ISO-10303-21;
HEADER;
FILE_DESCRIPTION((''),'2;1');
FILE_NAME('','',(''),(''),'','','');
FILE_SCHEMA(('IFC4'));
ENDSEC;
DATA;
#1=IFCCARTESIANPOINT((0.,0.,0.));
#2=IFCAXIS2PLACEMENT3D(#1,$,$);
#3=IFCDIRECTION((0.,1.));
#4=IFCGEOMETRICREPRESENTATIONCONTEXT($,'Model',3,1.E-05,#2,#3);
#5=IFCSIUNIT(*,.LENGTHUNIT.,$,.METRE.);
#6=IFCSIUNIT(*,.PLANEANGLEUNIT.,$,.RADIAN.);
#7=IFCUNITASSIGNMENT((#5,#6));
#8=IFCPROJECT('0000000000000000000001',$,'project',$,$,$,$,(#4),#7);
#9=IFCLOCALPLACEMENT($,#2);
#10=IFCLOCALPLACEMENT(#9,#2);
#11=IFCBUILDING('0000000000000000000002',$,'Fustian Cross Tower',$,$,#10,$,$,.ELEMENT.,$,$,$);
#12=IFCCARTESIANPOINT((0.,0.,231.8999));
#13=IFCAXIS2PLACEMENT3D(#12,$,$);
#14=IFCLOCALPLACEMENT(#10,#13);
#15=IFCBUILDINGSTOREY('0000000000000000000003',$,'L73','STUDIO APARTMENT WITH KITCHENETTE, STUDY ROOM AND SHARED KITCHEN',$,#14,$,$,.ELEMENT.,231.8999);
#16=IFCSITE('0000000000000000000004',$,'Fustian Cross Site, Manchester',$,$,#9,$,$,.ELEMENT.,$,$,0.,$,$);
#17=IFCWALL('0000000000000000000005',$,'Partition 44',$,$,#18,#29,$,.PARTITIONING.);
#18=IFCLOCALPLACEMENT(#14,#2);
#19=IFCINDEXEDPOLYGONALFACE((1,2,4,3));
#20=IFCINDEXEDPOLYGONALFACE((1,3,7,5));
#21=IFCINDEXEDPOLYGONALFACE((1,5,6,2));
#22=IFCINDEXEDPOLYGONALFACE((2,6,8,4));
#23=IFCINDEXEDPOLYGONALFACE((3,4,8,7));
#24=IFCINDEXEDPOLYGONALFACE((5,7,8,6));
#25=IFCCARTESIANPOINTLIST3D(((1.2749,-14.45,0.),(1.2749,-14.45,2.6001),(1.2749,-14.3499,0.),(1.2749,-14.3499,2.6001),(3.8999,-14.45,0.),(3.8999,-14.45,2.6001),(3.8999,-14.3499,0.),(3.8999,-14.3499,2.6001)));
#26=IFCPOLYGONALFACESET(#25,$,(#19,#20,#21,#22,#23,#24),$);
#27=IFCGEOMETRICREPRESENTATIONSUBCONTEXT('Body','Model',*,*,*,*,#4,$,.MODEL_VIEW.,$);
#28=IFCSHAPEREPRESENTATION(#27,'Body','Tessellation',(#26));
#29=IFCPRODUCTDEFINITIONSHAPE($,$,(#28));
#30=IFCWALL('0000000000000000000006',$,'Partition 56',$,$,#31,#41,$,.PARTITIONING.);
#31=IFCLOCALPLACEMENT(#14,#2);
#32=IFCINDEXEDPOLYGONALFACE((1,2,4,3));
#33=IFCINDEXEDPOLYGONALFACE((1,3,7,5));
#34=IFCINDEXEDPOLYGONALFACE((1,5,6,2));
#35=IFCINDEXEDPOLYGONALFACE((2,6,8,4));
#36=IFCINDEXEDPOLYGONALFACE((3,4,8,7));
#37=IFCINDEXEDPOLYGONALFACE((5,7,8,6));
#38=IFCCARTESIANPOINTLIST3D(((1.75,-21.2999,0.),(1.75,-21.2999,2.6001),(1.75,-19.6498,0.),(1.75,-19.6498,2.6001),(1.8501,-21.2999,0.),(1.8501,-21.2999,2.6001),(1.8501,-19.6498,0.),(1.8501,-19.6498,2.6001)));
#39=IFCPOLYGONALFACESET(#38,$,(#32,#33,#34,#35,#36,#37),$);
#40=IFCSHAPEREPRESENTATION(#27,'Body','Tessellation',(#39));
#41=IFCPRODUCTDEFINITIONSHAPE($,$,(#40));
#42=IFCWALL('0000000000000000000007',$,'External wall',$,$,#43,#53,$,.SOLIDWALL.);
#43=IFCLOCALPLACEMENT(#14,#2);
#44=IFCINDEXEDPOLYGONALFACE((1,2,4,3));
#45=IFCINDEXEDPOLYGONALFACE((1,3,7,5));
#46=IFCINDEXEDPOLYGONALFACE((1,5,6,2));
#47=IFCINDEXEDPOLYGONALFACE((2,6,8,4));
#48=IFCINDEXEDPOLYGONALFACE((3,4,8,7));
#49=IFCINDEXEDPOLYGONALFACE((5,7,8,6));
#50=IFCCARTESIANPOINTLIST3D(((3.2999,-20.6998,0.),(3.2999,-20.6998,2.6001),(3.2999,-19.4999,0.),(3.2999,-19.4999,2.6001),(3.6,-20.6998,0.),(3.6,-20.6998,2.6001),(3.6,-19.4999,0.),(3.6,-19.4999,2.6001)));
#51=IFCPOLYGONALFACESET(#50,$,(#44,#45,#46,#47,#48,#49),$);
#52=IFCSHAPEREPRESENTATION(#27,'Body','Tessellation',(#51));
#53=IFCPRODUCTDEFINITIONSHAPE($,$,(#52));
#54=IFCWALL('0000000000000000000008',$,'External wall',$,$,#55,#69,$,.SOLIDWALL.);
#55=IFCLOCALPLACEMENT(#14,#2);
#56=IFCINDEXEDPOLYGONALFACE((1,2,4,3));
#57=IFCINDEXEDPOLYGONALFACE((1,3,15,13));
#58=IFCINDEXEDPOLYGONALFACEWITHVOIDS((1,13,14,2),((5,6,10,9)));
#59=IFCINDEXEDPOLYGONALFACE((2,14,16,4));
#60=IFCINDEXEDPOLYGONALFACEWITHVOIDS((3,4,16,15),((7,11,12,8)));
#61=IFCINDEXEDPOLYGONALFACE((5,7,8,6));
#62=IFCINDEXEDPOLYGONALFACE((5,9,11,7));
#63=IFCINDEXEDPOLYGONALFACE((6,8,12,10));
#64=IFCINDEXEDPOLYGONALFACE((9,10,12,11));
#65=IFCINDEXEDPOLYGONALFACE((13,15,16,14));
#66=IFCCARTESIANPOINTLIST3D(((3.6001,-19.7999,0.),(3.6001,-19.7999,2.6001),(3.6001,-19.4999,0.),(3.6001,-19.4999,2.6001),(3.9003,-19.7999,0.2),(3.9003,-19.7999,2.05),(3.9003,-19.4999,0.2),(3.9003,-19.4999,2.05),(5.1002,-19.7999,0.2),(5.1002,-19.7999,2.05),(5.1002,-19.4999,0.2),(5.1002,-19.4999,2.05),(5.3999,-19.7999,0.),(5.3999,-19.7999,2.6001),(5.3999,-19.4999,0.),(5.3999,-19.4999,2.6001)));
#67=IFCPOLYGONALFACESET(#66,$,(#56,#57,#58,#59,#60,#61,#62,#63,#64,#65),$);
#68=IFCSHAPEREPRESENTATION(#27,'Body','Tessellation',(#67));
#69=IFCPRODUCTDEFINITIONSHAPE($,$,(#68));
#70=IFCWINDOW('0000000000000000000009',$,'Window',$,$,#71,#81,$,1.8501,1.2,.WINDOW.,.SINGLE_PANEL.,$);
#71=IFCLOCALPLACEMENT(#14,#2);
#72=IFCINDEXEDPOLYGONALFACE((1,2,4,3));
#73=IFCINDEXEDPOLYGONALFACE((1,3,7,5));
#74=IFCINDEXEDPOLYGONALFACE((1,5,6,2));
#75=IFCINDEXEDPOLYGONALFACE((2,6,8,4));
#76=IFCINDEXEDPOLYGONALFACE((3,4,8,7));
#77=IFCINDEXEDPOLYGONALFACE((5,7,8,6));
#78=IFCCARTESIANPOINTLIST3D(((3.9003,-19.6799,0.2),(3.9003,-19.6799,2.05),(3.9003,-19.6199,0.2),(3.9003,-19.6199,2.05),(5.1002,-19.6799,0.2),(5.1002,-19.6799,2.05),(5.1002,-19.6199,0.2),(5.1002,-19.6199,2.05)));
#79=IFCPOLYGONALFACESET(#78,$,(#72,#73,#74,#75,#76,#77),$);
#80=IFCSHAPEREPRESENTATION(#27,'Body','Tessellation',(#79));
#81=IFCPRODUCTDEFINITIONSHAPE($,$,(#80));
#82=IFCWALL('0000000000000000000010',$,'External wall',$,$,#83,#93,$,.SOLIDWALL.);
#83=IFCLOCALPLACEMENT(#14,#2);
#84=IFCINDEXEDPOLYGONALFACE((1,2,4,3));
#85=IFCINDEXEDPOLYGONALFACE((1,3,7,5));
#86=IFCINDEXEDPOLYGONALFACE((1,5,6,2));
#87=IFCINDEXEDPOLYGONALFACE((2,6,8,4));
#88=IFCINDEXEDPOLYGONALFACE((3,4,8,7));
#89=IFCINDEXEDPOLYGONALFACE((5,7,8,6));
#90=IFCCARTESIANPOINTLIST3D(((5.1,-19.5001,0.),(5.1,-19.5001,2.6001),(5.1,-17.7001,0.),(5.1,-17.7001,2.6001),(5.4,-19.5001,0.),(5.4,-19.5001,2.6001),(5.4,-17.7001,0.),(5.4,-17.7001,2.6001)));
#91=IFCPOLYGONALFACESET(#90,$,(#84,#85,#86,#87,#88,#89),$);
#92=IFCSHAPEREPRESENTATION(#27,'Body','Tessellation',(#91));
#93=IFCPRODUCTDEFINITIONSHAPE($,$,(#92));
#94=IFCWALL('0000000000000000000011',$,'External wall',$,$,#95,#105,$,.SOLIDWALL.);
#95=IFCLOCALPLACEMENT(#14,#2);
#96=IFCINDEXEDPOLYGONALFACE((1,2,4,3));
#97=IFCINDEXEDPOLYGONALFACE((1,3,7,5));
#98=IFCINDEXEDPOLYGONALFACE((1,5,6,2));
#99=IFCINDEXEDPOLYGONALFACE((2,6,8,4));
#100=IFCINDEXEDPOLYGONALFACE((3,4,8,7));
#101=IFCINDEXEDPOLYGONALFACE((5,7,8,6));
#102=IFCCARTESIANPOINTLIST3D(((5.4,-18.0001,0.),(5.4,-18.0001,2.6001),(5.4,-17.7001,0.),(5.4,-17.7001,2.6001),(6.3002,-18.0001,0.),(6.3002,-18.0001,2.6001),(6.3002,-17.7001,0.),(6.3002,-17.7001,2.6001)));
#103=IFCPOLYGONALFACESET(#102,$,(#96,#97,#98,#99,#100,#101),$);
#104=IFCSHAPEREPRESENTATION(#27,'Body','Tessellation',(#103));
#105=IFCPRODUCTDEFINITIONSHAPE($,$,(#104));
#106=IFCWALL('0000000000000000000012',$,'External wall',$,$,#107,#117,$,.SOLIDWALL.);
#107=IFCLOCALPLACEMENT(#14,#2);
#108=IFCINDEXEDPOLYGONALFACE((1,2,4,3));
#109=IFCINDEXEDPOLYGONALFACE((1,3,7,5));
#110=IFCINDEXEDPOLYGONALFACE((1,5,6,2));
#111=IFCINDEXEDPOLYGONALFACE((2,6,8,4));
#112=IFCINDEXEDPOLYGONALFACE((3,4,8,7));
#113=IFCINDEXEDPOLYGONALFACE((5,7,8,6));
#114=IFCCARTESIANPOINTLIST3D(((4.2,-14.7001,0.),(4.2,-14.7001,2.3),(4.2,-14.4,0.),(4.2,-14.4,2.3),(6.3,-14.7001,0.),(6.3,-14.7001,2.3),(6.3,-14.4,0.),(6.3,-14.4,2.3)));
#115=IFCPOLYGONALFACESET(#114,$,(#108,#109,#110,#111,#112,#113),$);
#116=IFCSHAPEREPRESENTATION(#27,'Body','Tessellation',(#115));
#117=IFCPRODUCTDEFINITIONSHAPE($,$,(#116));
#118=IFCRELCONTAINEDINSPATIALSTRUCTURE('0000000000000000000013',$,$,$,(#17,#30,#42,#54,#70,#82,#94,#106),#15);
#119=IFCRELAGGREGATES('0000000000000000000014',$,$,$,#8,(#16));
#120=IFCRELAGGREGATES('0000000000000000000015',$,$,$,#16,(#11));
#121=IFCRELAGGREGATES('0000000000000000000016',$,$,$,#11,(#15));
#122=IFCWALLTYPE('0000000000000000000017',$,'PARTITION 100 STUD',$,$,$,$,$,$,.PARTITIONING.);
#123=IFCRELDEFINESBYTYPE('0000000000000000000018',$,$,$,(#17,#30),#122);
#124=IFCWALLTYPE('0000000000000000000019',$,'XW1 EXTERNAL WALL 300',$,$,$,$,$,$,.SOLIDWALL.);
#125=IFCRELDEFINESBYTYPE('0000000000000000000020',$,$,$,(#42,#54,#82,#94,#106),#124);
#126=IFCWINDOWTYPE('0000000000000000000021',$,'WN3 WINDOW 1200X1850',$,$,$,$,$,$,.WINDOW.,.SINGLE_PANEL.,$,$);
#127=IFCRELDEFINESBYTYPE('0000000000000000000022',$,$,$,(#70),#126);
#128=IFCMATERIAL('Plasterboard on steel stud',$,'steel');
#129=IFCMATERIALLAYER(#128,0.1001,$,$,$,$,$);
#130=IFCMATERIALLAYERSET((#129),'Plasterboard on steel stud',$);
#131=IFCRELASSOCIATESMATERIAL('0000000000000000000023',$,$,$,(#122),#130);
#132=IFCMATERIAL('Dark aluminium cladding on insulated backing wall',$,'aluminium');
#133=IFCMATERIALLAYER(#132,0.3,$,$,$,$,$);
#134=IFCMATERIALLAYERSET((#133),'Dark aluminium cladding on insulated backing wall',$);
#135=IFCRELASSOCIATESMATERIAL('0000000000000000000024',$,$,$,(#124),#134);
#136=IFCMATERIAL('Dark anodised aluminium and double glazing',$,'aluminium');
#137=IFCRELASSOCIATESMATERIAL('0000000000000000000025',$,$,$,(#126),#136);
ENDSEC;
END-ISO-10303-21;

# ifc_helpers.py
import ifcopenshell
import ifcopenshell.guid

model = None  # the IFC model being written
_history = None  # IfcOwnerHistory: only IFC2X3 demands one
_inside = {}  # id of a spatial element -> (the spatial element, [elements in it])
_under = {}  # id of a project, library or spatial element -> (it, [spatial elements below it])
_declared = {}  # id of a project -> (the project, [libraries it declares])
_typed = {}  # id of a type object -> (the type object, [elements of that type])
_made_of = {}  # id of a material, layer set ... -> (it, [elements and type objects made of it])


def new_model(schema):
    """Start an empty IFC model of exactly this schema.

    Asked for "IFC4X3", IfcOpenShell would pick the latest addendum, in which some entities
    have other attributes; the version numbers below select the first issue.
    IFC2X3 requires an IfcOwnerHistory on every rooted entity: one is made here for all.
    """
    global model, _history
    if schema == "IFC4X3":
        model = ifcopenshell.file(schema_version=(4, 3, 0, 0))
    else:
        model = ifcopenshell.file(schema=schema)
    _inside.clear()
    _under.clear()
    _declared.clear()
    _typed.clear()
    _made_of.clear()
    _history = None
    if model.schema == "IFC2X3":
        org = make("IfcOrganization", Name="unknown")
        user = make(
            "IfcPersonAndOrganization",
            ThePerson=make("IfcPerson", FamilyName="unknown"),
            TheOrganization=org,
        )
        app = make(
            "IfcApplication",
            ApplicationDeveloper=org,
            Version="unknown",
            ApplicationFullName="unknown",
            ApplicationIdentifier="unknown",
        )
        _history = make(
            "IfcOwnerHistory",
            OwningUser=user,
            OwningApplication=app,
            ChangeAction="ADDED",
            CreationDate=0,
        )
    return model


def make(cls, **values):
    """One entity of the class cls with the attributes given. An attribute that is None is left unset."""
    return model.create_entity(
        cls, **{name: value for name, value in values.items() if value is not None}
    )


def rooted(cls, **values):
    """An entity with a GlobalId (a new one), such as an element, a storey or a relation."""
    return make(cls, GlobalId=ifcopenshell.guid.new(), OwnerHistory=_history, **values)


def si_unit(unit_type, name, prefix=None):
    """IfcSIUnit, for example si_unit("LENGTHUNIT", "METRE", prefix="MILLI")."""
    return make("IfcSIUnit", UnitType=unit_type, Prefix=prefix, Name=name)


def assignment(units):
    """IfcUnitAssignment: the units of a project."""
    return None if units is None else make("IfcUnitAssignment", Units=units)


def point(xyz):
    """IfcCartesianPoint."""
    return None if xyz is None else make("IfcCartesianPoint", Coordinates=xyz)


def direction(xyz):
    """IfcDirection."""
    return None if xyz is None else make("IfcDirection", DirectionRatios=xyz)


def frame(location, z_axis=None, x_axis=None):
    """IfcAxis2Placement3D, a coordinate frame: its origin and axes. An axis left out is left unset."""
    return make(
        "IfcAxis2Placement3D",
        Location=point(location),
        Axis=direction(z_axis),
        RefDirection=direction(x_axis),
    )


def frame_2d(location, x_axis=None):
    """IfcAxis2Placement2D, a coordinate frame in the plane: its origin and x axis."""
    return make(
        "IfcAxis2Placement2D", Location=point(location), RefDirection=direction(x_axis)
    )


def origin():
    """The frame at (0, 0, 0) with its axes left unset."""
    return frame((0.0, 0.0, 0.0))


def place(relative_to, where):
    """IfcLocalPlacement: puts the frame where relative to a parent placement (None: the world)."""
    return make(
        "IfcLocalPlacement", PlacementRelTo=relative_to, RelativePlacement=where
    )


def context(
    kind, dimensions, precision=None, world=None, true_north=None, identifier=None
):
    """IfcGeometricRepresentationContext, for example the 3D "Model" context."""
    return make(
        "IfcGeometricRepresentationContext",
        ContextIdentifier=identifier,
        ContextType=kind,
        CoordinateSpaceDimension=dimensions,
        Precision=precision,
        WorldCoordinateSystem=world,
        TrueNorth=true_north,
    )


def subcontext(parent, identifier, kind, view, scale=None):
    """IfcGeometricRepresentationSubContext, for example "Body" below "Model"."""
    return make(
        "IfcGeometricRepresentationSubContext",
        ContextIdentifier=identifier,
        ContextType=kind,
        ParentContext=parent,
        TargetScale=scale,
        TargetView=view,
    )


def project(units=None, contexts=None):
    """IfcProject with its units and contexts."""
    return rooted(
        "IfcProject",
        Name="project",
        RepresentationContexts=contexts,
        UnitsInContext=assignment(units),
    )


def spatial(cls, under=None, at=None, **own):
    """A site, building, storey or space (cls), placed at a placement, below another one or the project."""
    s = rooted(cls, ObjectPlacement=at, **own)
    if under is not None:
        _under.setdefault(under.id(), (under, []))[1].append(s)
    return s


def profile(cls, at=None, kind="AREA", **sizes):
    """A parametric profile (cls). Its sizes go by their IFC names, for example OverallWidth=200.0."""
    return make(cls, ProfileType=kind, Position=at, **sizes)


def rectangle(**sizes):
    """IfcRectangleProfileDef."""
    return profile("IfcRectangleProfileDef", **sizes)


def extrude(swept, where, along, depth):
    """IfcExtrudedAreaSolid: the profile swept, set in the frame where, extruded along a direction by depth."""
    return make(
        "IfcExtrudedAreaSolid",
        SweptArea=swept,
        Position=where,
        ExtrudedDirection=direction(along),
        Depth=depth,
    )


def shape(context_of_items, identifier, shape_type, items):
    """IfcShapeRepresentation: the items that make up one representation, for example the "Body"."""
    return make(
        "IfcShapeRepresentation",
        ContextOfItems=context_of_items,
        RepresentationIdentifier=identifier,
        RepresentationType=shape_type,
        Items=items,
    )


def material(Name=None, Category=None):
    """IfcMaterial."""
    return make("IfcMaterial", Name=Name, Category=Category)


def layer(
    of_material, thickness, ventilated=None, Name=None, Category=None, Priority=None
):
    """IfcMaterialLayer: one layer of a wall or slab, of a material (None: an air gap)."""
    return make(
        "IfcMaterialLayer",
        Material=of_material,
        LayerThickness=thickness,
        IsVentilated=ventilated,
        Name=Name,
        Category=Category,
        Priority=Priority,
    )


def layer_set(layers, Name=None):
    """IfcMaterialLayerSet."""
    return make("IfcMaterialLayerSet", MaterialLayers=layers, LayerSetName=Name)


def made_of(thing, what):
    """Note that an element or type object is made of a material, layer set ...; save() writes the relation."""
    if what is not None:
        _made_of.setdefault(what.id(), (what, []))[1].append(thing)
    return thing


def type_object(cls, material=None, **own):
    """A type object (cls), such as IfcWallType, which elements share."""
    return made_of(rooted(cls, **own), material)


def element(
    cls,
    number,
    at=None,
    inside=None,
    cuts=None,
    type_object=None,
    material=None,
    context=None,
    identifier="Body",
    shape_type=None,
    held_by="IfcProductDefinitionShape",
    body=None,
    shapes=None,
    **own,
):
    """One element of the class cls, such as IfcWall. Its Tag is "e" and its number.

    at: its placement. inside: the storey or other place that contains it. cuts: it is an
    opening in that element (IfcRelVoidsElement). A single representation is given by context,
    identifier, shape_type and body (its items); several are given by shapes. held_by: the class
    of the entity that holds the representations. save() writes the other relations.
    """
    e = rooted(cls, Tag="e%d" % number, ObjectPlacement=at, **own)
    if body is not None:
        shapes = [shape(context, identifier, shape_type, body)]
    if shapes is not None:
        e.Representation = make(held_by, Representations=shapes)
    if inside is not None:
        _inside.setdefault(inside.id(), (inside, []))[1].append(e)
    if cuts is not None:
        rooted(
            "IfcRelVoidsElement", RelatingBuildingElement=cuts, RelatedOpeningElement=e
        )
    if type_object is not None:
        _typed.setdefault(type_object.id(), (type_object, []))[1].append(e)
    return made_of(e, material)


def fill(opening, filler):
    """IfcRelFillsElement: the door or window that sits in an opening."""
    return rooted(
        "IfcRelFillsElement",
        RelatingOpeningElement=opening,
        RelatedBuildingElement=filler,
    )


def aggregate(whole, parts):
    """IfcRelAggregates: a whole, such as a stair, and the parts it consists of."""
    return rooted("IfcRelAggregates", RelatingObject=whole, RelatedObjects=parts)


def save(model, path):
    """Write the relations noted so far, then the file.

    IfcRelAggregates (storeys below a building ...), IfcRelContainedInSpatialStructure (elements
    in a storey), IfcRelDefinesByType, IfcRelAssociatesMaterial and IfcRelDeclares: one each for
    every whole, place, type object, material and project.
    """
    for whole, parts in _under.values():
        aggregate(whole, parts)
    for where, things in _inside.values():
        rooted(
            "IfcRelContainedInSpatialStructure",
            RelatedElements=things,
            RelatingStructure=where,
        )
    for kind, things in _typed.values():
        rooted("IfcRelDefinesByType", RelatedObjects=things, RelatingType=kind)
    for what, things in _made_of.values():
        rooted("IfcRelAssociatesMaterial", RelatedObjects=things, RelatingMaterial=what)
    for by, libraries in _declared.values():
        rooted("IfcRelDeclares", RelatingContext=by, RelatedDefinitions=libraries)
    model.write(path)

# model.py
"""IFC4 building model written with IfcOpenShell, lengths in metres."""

from ifc_helpers import new_model, si_unit, direction, frame, frame_2d, origin, place, context, subcontext, project, spatial, rectangle, extrude, material, layer, layer_set, type_object, element, fill, save


model = new_model("IFC4")

# Units and contexts
model_context = context("Model", 3, precision=1e-05, world=origin(), true_north=direction((0.0, 1.0)))
body_context = subcontext(model_context, "Body", "Model", "MODEL_VIEW")
ifc_project = project(units=[si_unit("LENGTHUNIT", "METRE"), si_unit("PLANEANGLEUNIT", "RADIAN")], contexts=[model_context])

# Site, building, storey
site_placement = place(None, origin())
site = spatial("IfcSite", under=ifc_project, at=site_placement, Name="Fustian Cross Site, Manchester", CompositionType="ELEMENT", RefElevation=0.0)
building_placement = place(site_placement, origin())
building = spatial("IfcBuilding", under=site, at=building_placement, Name="Fustian Cross Tower", CompositionType="ELEMENT")
storey_placement = place(building_placement, frame((0.0, 0.0, 231.8999)))
storey = spatial("IfcBuildingStorey", under=building, at=storey_placement, Name="L73", Description="STUDIO APARTMENT WITH KITCHENETTE, STUDY ROOM AND SHARED KITCHEN", CompositionType="ELEMENT", Elevation=231.8999)

# Walls
ifc_material_1 = material(Name="Plasterboard on steel stud", Category="steel")
ifc_layer_1 = layer(ifc_material_1, 0.1001)
ifc_layer_set_1 = layer_set([ifc_layer_1], Name="Plasterboard on steel stud")
wall_type_1 = type_object("IfcWallType", Name="PARTITION 100 STUD", PredefinedType="PARTITIONING", material=ifc_layer_set_1)
wall_1_placement = place(storey_placement, frame((1.2749, -14.3999, 0.0), z_axis=(0.0, 0.0, 1.0), x_axis=(1.0, 0.0, 0.0)))
element("IfcWall", 1, at=wall_1_placement, inside=storey, type_object=wall_type_1, Name="Partition 44", PredefinedType="PARTITIONING", context=body_context, shape_type="SweptSolid", body=[
    extrude(rectangle(XDim=2.625, YDim=0.1001, at=frame_2d((1.3125, 0.0))), origin(), (0.0, 0.0, 1.0), 2.6001),
])
wall_2_placement = place(storey_placement, frame((1.8, -21.3, 0.0), z_axis=(0.0, 0.0, 1.0), x_axis=(0.0, 1.0, 0.0)))
element("IfcWall", 2, at=wall_2_placement, inside=storey, type_object=wall_type_1, Name="Partition 56", PredefinedType="PARTITIONING", context=body_context, shape_type="SweptSolid", body=[
    extrude(rectangle(XDim=1.6501, YDim=0.1001, at=frame_2d((0.8252, 0.0))), origin(), (0.0, 0.0, 1.0), 2.6001),
])
ifc_material_2 = material(Name="Dark aluminium cladding on insulated backing wall", Category="aluminium")
ifc_layer_2 = layer(ifc_material_2, 0.3)
ifc_layer_set_2 = layer_set([ifc_layer_2], Name="Dark aluminium cladding on insulated backing wall")
wall_type_2 = type_object("IfcWallType", Name="XW1 EXTERNAL WALL 300", PredefinedType="SOLIDWALL", material=ifc_layer_set_2)
wall_3_placement = place(storey_placement, frame((3.45, -20.7, 0.0), z_axis=(0.0, 0.0, 1.0), x_axis=(0.0, 1.0, 0.0)))
element("IfcWall", 3, at=wall_3_placement, inside=storey, type_object=wall_type_2, Name="External wall", PredefinedType="SOLIDWALL", context=body_context, shape_type="SweptSolid", body=[
    extrude(rectangle(XDim=1.2, YDim=0.3, at=frame_2d((0.6001, 0.0))), origin(), (0.0, 0.0, 1.0), 2.6001),
])

# Wall, opening, window
wall_4_placement = place(storey_placement, frame((3.6001, -19.6499, 0.0), z_axis=(0.0, 0.0, 1.0), x_axis=(1.0, 0.0, 0.0)))
wall_4 = element("IfcWall", 4, at=wall_4_placement, inside=storey, type_object=wall_type_2, Name="External wall", PredefinedType="SOLIDWALL", context=body_context, shape_type="SweptSolid", body=[
    extrude(rectangle(XDim=1.7998, YDim=0.3, at=frame_2d((0.8999, 0.0))), origin(), (0.0, 0.0, 1.0), 2.6001),
])
opening_1_placement = place(wall_4_placement, frame((0.3, 0.0, 0.2)))
opening_1 = element("IfcOpeningElement", 5, at=opening_1_placement, cuts=wall_4, PredefinedType="OPENING", context=body_context, shape_type="SweptSolid", body=[
    extrude(rectangle(XDim=1.2, YDim=1.8501, at=frame_2d((0.6001, 0.925))), frame((0.0, 0.1599, 0.0), z_axis=(0.0, -1.0, 0.0), x_axis=(1.0, 0.0, 0.0)), (0.0, 0.0, 1.0), 0.3201),
])
ifc_material_3 = material(Name="Dark anodised aluminium and double glazing", Category="aluminium")
window_type_1 = type_object("IfcWindowType", Name="WN3 WINDOW 1200X1850", PartitioningType="SINGLE_PANEL", PredefinedType="WINDOW", material=ifc_material_3)
window_1_placement = place(opening_1_placement, origin())
window_1 = element("IfcWindow", 6, at=window_1_placement, inside=storey, type_object=window_type_1, Name="Window", OverallHeight=1.8501, OverallWidth=1.2, PartitioningType="SINGLE_PANEL", PredefinedType="WINDOW", context=body_context, shape_type="SweptSolid", body=[
    extrude(rectangle(XDim=1.2, YDim=1.8501, at=frame_2d((0.6001, 0.925))), frame((0.0, 0.03, 0.0), z_axis=(0.0, -1.0, 0.0), x_axis=(1.0, 0.0, 0.0)), (0.0, 0.0, 1.0), 0.0601),
])
fill(opening_1, window_1)

# Walls
wall_5_placement = place(storey_placement, frame((5.25, -19.5, 0.0), z_axis=(0.0, 0.0, 1.0), x_axis=(0.0, 1.0, 0.0)))
element("IfcWall", 7, at=wall_5_placement, inside=storey, type_object=wall_type_2, Name="External wall", PredefinedType="SOLIDWALL", context=body_context, shape_type="SweptSolid", body=[
    extrude(rectangle(XDim=1.8, YDim=0.3, at=frame_2d((0.8999, 0.0))), origin(), (0.0, 0.0, 1.0), 2.6001),
])
wall_6_placement = place(storey_placement, frame((5.3999, -17.8501, 0.0), z_axis=(0.0, 0.0, 1.0), x_axis=(1.0, 0.0, 0.0)))
element("IfcWall", 8, at=wall_6_placement, inside=storey, type_object=wall_type_2, Name="External wall", PredefinedType="SOLIDWALL", context=body_context, shape_type="SweptSolid", body=[
    extrude(rectangle(XDim=0.9001, YDim=0.3, at=frame_2d((0.4502, 0.0))), origin(), (0.0, 0.0, 1.0), 2.6001),
])
wall_7_placement = place(storey_placement, frame((6.3, -14.55, 0.0), z_axis=(0.0, 0.0, 1.0), x_axis=(-1.0, 0.0, 0.0)))
element("IfcWall", 9, at=wall_7_placement, inside=storey, type_object=wall_type_2, Name="External wall", PredefinedType="SOLIDWALL", context=body_context, shape_type="SweptSolid", body=[
    extrude(rectangle(XDim=2.1001, YDim=0.3, at=frame_2d((1.05, 0.0))), origin(), (0.0, 0.0, 1.0), 2.3),
])

save(model, "model.ifc")
